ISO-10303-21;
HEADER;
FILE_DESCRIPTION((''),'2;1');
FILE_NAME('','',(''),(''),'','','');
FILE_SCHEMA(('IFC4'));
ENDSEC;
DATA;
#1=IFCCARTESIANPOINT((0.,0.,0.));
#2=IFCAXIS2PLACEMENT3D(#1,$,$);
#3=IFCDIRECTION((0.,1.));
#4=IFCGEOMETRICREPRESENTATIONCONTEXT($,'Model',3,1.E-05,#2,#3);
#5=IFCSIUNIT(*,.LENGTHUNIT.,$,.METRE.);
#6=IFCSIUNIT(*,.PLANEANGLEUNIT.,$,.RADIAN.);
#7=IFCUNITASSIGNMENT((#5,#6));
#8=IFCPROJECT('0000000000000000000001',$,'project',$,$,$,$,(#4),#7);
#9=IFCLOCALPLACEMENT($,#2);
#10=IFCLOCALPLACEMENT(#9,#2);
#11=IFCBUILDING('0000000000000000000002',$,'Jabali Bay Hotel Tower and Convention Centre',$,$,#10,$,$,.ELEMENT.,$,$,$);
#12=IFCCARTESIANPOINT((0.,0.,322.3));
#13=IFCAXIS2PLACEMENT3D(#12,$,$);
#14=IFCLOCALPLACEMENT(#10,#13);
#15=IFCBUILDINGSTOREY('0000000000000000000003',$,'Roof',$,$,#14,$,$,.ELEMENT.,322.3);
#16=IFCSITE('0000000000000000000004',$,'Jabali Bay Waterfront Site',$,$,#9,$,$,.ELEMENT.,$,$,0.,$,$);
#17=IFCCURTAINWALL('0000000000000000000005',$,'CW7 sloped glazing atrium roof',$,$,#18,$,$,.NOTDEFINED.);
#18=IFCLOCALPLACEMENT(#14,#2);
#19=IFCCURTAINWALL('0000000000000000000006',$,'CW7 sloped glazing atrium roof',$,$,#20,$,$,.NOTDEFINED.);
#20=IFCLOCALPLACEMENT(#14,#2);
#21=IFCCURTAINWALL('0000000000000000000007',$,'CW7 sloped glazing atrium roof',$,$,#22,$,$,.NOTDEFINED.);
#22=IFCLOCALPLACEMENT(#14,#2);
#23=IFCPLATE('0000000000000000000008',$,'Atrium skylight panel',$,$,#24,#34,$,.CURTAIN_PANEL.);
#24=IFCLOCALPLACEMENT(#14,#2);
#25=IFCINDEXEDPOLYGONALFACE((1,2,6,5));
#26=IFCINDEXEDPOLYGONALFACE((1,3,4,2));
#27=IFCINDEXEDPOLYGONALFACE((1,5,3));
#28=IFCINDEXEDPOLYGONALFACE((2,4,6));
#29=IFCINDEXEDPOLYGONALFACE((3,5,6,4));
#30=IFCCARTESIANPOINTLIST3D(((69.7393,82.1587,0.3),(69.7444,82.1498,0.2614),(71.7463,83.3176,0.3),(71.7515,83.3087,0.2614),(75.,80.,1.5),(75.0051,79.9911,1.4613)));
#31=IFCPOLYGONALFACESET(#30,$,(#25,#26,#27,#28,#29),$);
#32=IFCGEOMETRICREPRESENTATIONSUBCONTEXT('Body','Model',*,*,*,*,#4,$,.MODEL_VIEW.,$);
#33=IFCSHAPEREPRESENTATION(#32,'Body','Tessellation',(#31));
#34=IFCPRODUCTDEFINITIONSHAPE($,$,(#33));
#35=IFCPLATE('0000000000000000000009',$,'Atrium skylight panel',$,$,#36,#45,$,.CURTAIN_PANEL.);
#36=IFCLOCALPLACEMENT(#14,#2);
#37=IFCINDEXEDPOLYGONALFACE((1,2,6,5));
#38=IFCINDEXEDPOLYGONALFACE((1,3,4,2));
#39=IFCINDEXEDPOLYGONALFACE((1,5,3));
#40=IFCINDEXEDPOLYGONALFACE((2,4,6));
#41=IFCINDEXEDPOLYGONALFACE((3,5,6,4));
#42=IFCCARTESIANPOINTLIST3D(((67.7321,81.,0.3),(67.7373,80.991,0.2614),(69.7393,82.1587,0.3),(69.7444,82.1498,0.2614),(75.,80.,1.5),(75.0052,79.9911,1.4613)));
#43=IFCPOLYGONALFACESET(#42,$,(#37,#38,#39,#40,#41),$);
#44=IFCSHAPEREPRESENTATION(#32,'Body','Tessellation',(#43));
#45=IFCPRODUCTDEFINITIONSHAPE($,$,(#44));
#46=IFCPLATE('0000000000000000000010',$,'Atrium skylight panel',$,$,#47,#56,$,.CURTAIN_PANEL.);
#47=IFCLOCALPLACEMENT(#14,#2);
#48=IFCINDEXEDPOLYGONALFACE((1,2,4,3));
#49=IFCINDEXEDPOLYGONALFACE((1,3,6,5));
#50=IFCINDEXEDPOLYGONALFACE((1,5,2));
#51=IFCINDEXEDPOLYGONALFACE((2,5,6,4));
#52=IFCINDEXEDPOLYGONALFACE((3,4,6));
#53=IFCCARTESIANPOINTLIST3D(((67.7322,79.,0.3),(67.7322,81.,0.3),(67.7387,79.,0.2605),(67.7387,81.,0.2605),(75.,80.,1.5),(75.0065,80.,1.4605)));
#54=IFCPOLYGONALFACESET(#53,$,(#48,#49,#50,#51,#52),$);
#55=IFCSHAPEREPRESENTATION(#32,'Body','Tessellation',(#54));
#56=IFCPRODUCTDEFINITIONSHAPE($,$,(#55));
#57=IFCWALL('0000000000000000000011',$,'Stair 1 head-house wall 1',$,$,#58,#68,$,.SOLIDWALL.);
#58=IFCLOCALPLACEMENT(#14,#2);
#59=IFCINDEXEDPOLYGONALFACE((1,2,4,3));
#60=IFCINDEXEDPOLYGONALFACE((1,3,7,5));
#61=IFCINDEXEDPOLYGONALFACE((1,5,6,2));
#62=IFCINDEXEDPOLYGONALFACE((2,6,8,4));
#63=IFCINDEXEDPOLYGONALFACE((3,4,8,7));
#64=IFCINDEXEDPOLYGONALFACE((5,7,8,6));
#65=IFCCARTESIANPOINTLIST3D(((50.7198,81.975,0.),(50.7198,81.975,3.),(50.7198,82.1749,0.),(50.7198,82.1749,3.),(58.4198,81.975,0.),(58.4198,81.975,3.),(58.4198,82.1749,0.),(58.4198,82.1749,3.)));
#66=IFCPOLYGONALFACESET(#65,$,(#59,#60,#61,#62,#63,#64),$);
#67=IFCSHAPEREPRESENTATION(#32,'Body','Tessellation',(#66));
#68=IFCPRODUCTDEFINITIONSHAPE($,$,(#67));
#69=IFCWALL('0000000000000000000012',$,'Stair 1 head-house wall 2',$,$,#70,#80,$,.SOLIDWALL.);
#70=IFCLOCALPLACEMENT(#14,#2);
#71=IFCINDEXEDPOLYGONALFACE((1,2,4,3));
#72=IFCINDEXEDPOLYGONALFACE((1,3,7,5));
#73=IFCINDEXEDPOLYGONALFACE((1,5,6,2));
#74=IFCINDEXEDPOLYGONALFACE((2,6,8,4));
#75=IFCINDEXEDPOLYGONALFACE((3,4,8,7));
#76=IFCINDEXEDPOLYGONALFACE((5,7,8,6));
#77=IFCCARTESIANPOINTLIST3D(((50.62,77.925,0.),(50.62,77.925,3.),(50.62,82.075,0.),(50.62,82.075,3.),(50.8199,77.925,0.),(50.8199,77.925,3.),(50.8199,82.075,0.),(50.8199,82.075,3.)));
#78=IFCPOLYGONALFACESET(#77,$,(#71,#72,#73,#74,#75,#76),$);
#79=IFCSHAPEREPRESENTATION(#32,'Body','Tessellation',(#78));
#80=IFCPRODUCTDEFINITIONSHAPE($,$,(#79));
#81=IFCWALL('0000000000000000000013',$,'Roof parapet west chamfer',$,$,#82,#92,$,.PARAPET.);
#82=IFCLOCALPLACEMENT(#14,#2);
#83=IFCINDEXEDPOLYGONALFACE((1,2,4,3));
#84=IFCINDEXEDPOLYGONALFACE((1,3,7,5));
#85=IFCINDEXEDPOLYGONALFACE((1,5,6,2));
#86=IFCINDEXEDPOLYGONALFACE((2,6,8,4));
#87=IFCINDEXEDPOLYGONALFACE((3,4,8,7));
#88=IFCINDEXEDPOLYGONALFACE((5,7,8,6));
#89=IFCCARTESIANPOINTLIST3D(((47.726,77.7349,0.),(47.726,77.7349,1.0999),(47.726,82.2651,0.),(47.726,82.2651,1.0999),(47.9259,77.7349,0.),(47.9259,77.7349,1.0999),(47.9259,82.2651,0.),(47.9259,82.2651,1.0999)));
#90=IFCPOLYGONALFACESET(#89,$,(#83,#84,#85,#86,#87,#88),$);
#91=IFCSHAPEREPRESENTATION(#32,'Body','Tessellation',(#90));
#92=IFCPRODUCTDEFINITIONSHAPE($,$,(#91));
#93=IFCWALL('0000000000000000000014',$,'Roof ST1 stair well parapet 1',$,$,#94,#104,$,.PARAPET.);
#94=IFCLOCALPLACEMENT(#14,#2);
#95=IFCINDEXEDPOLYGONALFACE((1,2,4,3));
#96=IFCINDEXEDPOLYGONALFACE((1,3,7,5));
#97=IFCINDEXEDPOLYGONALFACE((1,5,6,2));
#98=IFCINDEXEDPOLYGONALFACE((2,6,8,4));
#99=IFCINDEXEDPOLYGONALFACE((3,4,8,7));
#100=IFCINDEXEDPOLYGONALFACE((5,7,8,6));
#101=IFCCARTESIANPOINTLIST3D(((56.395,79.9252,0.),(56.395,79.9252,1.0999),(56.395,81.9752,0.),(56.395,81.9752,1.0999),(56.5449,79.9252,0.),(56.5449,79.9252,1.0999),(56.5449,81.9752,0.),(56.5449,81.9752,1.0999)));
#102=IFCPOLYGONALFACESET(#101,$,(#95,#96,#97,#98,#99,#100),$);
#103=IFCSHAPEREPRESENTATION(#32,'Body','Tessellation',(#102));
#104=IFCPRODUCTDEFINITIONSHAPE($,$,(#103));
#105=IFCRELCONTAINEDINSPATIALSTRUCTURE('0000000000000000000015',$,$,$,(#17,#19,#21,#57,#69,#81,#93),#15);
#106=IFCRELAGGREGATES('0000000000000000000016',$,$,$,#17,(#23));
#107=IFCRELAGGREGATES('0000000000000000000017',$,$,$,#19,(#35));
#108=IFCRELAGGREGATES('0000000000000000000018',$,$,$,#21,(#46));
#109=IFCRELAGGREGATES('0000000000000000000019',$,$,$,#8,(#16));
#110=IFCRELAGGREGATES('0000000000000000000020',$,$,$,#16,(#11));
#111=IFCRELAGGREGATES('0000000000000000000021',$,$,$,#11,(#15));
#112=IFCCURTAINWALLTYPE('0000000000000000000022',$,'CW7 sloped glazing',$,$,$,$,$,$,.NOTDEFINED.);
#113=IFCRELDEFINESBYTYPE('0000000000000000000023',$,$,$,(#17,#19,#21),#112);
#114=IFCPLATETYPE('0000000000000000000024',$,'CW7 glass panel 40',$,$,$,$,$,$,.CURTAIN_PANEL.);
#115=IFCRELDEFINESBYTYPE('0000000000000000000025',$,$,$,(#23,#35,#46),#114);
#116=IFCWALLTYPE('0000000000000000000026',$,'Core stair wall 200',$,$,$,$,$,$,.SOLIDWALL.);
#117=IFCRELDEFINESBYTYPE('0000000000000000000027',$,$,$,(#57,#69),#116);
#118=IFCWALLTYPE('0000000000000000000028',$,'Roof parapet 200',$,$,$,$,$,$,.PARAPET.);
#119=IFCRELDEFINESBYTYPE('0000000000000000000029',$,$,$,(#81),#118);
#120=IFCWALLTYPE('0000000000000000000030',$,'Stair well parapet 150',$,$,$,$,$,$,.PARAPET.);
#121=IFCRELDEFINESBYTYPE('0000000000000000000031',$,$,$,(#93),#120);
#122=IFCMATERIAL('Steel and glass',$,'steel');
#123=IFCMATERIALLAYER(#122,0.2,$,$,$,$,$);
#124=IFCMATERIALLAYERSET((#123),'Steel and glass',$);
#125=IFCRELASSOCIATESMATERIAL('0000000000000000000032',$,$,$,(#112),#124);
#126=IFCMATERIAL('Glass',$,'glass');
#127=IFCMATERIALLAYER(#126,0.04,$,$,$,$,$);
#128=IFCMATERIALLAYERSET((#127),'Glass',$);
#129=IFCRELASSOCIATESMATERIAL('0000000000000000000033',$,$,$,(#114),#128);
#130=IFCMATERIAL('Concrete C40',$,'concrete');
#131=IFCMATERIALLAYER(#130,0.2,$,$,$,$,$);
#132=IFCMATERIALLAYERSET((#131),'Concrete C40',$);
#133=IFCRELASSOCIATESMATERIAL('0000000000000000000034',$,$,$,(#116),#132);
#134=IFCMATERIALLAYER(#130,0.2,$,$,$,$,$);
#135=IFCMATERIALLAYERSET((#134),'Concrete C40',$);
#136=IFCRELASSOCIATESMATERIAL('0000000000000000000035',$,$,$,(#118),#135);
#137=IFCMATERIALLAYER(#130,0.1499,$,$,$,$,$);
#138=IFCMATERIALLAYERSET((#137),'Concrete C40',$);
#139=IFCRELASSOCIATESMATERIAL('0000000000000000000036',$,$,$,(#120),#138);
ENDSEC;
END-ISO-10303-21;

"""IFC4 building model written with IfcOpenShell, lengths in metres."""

from ifc_helpers import new_model, si_unit, direction, frame, frame_2d, origin, place, context, subcontext, project, spatial, polyline, rectangle, outline, extrude, material, layer, layer_set, type_object, element, aggregate, save


model = new_model("IFC4")

# Units and contexts
model_context = context("Model", 3, precision=1e-05, world=origin(), true_north=direction((0.0, 1.0)))
body_context = subcontext(model_context, "Body", "Model", "MODEL_VIEW")
ifc_project = project(units=[si_unit("LENGTHUNIT", "METRE"), si_unit("PLANEANGLEUNIT", "RADIAN")], contexts=[model_context])

# Site, building, storey
site_placement = place(None, origin())
site = spatial("IfcSite", under=ifc_project, at=site_placement, Name="Jabali Bay Waterfront Site", CompositionType="ELEMENT", RefElevation=0.0)
building_placement = place(site_placement, origin())
building = spatial("IfcBuilding", under=site, at=building_placement, Name="Jabali Bay Hotel Tower and Convention Centre", CompositionType="ELEMENT")
storey_placement = place(building_placement, frame((0.0, 0.0, 322.3)))
storey = spatial("IfcBuildingStorey", under=building, at=storey_placement, Name="Roof", CompositionType="ELEMENT", Elevation=322.3)

# Shared definitions
ifc_material_1 = material(Name="Concrete C40", Category="concrete")

# Curtain walls
ifc_material_2 = material(Name="Steel and glass", Category="steel")
ifc_layer_1 = layer(ifc_material_2, 0.2)
ifc_layer_set_1 = layer_set([ifc_layer_1], Name="Steel and glass")
curtain_wall_type = type_object("IfcCurtainWallType", Name="CW7 sloped glazing", PredefinedType="NOTDEFINED", material=ifc_layer_set_1)
curtain_wall_1_placement = place(storey_placement, origin())
curtain_wall_1 = element("IfcCurtainWall", 1, at=curtain_wall_1_placement, inside=storey, type_object=curtain_wall_type, Name="CW7 sloped glazing atrium roof", PredefinedType="NOTDEFINED")
curtain_wall_2_placement = place(storey_placement, origin())
curtain_wall_2 = element("IfcCurtainWall", 2, at=curtain_wall_2_placement, inside=storey, type_object=curtain_wall_type, Name="CW7 sloped glazing atrium roof", PredefinedType="NOTDEFINED")
curtain_wall_3_placement = place(storey_placement, origin())
curtain_wall_3 = element("IfcCurtainWall", 3, at=curtain_wall_3_placement, inside=storey, type_object=curtain_wall_type, Name="CW7 sloped glazing atrium roof", PredefinedType="NOTDEFINED")

# Plates
ifc_material_3 = material(Name="Glass", Category="glass")
ifc_layer_2 = layer(ifc_material_3, 0.04)
ifc_layer_set_2 = layer_set([ifc_layer_2], Name="Glass")
plate_type = type_object("IfcPlateType", Name="CW7 glass panel 40", PredefinedType="CURTAIN_PANEL", material=ifc_layer_set_2)
plate_1_placement = place(storey_placement, frame((71.7463, 83.3176, 0.3), z_axis=(-0.128838, 0.223125, 0.966238), x_axis=(-0.865998, -0.500048, 0.0)))
plate_1 = element("IfcPlate", 4, at=plate_1_placement, type_object=plate_type, Name="Atrium skylight panel", PredefinedType="CURTAIN_PANEL", context=body_context, shape_type="SweptSolid", body=[
    extrude(outline(polyline([(0.0, 0.0), (2.3176, 0.0), (-1.1587, 4.6572), (0.0, 0.0)])), origin(), (0.0, 0.0, -1.0), 0.04),
])
aggregate(curtain_wall_1, [plate_1])
plate_2_placement = place(storey_placement, frame((69.7393, 82.1587, 0.3), z_axis=(-0.128826, 0.223151, 0.966234), x_axis=(-0.866043, -0.499969, 0.0)))
plate_2 = element("IfcPlate", 5, at=plate_2_placement, type_object=plate_type, Name="Atrium skylight panel", PredefinedType="CURTAIN_PANEL", context=body_context, shape_type="SweptSolid", body=[
    extrude(outline(polyline([(0.0, 0.0), (2.3176, 0.0), (-3.4768, 4.657), (0.0, 0.0)])), origin(), (0.0, 0.0, -1.0), 0.04),
])
aggregate(curtain_wall_2, [plate_2])
plate_3_placement = place(storey_placement, frame((67.7322, 81.0, 0.3), z_axis=(-0.162899, 0.0, 0.986643), x_axis=(0.0, -1.0, 0.0)))
plate_3 = element("IfcPlate", 6, at=plate_3_placement, type_object=plate_type, Name="Atrium skylight panel", PredefinedType="CURTAIN_PANEL", context=body_context, shape_type="SweptSolid", body=[
    extrude(outline(polyline([(0.0, 0.0), (2.0, 0.0), (1.0, 7.3662), (0.0, 0.0)])), origin(), (0.0, 0.0, -1.0), 0.04),
])
aggregate(curtain_wall_3, [plate_3])

# Walls
ifc_layer_3 = layer(ifc_material_1, 0.2)
ifc_layer_set_3 = layer_set([ifc_layer_3], Name="Concrete C40")
wall_type_1 = type_object("IfcWallType", Name="Core stair wall 200", PredefinedType="SOLIDWALL", material=ifc_layer_set_3)
wall_1_placement = place(storey_placement, frame((58.4199, 82.075, 0.0), z_axis=(0.0, 0.0, 1.0), x_axis=(-1.0, 0.0, 0.0)))
element("IfcWall", 7, at=wall_1_placement, inside=storey, type_object=wall_type_1, Name="Stair 1 head-house wall 1", PredefinedType="SOLIDWALL", context=body_context, shape_type="SweptSolid", body=[
    extrude(rectangle(XDim=7.7, YDim=0.2, at=frame_2d((3.8501, 0.0))), origin(), (0.0, 0.0, 1.0), 3.0),
])
wall_2_placement = place(storey_placement, frame((50.72, 82.075, 0.0), z_axis=(0.0, 0.0, 1.0), x_axis=(0.0, -1.0, 0.0)))
element("IfcWall", 8, at=wall_2_placement, inside=storey, type_object=wall_type_1, Name="Stair 1 head-house wall 2", PredefinedType="SOLIDWALL", context=body_context, shape_type="SweptSolid", body=[
    extrude(rectangle(XDim=4.1499, YDim=0.2, at=frame_2d((2.075, 0.0))), origin(), (0.0, 0.0, 1.0), 3.0),
])
ifc_layer_4 = layer(ifc_material_1, 0.2)
ifc_layer_set_4 = layer_set([ifc_layer_4], Name="Concrete C40")
wall_type_2 = type_object("IfcWallType", Name="Roof parapet 200", PredefinedType="PARAPET", material=ifc_layer_set_4)
wall_3_placement = place(storey_placement, frame((47.8259, 82.2651, 0.0), z_axis=(0.0, 0.0, 1.0), x_axis=(0.0, -1.0, 0.0)))
element("IfcWall", 9, at=wall_3_placement, inside=storey, type_object=wall_type_2, Name="Roof parapet west chamfer", PredefinedType="PARAPET", context=body_context, shape_type="SweptSolid", body=[
    extrude(rectangle(XDim=4.5303, YDim=0.2, at=frame_2d((2.2651, 0.0))), origin(), (0.0, 0.0, 1.0), 1.0999),
])
ifc_layer_5 = layer(ifc_material_1, 0.1499)
ifc_layer_set_5 = layer_set([ifc_layer_5], Name="Concrete C40")
wall_type_3 = type_object("IfcWallType", Name="Stair well parapet 150", PredefinedType="PARAPET", material=ifc_layer_set_5)
wall_4_placement = place(storey_placement, frame((56.47, 81.9751, 0.0), z_axis=(0.0, 0.0, 1.0), x_axis=(0.0, -1.0, 0.0)))
element("IfcWall", 10, at=wall_4_placement, inside=storey, type_object=wall_type_3, Name="Roof ST1 stair well parapet 1", PredefinedType="PARAPET", context=body_context, shape_type="SweptSolid", body=[
    extrude(rectangle(XDim=2.05, YDim=0.1499, at=frame_2d((1.0249, 0.0))), origin(), (0.0, 0.0, 1.0), 1.0999),
])

save(model, "model.ifc")
